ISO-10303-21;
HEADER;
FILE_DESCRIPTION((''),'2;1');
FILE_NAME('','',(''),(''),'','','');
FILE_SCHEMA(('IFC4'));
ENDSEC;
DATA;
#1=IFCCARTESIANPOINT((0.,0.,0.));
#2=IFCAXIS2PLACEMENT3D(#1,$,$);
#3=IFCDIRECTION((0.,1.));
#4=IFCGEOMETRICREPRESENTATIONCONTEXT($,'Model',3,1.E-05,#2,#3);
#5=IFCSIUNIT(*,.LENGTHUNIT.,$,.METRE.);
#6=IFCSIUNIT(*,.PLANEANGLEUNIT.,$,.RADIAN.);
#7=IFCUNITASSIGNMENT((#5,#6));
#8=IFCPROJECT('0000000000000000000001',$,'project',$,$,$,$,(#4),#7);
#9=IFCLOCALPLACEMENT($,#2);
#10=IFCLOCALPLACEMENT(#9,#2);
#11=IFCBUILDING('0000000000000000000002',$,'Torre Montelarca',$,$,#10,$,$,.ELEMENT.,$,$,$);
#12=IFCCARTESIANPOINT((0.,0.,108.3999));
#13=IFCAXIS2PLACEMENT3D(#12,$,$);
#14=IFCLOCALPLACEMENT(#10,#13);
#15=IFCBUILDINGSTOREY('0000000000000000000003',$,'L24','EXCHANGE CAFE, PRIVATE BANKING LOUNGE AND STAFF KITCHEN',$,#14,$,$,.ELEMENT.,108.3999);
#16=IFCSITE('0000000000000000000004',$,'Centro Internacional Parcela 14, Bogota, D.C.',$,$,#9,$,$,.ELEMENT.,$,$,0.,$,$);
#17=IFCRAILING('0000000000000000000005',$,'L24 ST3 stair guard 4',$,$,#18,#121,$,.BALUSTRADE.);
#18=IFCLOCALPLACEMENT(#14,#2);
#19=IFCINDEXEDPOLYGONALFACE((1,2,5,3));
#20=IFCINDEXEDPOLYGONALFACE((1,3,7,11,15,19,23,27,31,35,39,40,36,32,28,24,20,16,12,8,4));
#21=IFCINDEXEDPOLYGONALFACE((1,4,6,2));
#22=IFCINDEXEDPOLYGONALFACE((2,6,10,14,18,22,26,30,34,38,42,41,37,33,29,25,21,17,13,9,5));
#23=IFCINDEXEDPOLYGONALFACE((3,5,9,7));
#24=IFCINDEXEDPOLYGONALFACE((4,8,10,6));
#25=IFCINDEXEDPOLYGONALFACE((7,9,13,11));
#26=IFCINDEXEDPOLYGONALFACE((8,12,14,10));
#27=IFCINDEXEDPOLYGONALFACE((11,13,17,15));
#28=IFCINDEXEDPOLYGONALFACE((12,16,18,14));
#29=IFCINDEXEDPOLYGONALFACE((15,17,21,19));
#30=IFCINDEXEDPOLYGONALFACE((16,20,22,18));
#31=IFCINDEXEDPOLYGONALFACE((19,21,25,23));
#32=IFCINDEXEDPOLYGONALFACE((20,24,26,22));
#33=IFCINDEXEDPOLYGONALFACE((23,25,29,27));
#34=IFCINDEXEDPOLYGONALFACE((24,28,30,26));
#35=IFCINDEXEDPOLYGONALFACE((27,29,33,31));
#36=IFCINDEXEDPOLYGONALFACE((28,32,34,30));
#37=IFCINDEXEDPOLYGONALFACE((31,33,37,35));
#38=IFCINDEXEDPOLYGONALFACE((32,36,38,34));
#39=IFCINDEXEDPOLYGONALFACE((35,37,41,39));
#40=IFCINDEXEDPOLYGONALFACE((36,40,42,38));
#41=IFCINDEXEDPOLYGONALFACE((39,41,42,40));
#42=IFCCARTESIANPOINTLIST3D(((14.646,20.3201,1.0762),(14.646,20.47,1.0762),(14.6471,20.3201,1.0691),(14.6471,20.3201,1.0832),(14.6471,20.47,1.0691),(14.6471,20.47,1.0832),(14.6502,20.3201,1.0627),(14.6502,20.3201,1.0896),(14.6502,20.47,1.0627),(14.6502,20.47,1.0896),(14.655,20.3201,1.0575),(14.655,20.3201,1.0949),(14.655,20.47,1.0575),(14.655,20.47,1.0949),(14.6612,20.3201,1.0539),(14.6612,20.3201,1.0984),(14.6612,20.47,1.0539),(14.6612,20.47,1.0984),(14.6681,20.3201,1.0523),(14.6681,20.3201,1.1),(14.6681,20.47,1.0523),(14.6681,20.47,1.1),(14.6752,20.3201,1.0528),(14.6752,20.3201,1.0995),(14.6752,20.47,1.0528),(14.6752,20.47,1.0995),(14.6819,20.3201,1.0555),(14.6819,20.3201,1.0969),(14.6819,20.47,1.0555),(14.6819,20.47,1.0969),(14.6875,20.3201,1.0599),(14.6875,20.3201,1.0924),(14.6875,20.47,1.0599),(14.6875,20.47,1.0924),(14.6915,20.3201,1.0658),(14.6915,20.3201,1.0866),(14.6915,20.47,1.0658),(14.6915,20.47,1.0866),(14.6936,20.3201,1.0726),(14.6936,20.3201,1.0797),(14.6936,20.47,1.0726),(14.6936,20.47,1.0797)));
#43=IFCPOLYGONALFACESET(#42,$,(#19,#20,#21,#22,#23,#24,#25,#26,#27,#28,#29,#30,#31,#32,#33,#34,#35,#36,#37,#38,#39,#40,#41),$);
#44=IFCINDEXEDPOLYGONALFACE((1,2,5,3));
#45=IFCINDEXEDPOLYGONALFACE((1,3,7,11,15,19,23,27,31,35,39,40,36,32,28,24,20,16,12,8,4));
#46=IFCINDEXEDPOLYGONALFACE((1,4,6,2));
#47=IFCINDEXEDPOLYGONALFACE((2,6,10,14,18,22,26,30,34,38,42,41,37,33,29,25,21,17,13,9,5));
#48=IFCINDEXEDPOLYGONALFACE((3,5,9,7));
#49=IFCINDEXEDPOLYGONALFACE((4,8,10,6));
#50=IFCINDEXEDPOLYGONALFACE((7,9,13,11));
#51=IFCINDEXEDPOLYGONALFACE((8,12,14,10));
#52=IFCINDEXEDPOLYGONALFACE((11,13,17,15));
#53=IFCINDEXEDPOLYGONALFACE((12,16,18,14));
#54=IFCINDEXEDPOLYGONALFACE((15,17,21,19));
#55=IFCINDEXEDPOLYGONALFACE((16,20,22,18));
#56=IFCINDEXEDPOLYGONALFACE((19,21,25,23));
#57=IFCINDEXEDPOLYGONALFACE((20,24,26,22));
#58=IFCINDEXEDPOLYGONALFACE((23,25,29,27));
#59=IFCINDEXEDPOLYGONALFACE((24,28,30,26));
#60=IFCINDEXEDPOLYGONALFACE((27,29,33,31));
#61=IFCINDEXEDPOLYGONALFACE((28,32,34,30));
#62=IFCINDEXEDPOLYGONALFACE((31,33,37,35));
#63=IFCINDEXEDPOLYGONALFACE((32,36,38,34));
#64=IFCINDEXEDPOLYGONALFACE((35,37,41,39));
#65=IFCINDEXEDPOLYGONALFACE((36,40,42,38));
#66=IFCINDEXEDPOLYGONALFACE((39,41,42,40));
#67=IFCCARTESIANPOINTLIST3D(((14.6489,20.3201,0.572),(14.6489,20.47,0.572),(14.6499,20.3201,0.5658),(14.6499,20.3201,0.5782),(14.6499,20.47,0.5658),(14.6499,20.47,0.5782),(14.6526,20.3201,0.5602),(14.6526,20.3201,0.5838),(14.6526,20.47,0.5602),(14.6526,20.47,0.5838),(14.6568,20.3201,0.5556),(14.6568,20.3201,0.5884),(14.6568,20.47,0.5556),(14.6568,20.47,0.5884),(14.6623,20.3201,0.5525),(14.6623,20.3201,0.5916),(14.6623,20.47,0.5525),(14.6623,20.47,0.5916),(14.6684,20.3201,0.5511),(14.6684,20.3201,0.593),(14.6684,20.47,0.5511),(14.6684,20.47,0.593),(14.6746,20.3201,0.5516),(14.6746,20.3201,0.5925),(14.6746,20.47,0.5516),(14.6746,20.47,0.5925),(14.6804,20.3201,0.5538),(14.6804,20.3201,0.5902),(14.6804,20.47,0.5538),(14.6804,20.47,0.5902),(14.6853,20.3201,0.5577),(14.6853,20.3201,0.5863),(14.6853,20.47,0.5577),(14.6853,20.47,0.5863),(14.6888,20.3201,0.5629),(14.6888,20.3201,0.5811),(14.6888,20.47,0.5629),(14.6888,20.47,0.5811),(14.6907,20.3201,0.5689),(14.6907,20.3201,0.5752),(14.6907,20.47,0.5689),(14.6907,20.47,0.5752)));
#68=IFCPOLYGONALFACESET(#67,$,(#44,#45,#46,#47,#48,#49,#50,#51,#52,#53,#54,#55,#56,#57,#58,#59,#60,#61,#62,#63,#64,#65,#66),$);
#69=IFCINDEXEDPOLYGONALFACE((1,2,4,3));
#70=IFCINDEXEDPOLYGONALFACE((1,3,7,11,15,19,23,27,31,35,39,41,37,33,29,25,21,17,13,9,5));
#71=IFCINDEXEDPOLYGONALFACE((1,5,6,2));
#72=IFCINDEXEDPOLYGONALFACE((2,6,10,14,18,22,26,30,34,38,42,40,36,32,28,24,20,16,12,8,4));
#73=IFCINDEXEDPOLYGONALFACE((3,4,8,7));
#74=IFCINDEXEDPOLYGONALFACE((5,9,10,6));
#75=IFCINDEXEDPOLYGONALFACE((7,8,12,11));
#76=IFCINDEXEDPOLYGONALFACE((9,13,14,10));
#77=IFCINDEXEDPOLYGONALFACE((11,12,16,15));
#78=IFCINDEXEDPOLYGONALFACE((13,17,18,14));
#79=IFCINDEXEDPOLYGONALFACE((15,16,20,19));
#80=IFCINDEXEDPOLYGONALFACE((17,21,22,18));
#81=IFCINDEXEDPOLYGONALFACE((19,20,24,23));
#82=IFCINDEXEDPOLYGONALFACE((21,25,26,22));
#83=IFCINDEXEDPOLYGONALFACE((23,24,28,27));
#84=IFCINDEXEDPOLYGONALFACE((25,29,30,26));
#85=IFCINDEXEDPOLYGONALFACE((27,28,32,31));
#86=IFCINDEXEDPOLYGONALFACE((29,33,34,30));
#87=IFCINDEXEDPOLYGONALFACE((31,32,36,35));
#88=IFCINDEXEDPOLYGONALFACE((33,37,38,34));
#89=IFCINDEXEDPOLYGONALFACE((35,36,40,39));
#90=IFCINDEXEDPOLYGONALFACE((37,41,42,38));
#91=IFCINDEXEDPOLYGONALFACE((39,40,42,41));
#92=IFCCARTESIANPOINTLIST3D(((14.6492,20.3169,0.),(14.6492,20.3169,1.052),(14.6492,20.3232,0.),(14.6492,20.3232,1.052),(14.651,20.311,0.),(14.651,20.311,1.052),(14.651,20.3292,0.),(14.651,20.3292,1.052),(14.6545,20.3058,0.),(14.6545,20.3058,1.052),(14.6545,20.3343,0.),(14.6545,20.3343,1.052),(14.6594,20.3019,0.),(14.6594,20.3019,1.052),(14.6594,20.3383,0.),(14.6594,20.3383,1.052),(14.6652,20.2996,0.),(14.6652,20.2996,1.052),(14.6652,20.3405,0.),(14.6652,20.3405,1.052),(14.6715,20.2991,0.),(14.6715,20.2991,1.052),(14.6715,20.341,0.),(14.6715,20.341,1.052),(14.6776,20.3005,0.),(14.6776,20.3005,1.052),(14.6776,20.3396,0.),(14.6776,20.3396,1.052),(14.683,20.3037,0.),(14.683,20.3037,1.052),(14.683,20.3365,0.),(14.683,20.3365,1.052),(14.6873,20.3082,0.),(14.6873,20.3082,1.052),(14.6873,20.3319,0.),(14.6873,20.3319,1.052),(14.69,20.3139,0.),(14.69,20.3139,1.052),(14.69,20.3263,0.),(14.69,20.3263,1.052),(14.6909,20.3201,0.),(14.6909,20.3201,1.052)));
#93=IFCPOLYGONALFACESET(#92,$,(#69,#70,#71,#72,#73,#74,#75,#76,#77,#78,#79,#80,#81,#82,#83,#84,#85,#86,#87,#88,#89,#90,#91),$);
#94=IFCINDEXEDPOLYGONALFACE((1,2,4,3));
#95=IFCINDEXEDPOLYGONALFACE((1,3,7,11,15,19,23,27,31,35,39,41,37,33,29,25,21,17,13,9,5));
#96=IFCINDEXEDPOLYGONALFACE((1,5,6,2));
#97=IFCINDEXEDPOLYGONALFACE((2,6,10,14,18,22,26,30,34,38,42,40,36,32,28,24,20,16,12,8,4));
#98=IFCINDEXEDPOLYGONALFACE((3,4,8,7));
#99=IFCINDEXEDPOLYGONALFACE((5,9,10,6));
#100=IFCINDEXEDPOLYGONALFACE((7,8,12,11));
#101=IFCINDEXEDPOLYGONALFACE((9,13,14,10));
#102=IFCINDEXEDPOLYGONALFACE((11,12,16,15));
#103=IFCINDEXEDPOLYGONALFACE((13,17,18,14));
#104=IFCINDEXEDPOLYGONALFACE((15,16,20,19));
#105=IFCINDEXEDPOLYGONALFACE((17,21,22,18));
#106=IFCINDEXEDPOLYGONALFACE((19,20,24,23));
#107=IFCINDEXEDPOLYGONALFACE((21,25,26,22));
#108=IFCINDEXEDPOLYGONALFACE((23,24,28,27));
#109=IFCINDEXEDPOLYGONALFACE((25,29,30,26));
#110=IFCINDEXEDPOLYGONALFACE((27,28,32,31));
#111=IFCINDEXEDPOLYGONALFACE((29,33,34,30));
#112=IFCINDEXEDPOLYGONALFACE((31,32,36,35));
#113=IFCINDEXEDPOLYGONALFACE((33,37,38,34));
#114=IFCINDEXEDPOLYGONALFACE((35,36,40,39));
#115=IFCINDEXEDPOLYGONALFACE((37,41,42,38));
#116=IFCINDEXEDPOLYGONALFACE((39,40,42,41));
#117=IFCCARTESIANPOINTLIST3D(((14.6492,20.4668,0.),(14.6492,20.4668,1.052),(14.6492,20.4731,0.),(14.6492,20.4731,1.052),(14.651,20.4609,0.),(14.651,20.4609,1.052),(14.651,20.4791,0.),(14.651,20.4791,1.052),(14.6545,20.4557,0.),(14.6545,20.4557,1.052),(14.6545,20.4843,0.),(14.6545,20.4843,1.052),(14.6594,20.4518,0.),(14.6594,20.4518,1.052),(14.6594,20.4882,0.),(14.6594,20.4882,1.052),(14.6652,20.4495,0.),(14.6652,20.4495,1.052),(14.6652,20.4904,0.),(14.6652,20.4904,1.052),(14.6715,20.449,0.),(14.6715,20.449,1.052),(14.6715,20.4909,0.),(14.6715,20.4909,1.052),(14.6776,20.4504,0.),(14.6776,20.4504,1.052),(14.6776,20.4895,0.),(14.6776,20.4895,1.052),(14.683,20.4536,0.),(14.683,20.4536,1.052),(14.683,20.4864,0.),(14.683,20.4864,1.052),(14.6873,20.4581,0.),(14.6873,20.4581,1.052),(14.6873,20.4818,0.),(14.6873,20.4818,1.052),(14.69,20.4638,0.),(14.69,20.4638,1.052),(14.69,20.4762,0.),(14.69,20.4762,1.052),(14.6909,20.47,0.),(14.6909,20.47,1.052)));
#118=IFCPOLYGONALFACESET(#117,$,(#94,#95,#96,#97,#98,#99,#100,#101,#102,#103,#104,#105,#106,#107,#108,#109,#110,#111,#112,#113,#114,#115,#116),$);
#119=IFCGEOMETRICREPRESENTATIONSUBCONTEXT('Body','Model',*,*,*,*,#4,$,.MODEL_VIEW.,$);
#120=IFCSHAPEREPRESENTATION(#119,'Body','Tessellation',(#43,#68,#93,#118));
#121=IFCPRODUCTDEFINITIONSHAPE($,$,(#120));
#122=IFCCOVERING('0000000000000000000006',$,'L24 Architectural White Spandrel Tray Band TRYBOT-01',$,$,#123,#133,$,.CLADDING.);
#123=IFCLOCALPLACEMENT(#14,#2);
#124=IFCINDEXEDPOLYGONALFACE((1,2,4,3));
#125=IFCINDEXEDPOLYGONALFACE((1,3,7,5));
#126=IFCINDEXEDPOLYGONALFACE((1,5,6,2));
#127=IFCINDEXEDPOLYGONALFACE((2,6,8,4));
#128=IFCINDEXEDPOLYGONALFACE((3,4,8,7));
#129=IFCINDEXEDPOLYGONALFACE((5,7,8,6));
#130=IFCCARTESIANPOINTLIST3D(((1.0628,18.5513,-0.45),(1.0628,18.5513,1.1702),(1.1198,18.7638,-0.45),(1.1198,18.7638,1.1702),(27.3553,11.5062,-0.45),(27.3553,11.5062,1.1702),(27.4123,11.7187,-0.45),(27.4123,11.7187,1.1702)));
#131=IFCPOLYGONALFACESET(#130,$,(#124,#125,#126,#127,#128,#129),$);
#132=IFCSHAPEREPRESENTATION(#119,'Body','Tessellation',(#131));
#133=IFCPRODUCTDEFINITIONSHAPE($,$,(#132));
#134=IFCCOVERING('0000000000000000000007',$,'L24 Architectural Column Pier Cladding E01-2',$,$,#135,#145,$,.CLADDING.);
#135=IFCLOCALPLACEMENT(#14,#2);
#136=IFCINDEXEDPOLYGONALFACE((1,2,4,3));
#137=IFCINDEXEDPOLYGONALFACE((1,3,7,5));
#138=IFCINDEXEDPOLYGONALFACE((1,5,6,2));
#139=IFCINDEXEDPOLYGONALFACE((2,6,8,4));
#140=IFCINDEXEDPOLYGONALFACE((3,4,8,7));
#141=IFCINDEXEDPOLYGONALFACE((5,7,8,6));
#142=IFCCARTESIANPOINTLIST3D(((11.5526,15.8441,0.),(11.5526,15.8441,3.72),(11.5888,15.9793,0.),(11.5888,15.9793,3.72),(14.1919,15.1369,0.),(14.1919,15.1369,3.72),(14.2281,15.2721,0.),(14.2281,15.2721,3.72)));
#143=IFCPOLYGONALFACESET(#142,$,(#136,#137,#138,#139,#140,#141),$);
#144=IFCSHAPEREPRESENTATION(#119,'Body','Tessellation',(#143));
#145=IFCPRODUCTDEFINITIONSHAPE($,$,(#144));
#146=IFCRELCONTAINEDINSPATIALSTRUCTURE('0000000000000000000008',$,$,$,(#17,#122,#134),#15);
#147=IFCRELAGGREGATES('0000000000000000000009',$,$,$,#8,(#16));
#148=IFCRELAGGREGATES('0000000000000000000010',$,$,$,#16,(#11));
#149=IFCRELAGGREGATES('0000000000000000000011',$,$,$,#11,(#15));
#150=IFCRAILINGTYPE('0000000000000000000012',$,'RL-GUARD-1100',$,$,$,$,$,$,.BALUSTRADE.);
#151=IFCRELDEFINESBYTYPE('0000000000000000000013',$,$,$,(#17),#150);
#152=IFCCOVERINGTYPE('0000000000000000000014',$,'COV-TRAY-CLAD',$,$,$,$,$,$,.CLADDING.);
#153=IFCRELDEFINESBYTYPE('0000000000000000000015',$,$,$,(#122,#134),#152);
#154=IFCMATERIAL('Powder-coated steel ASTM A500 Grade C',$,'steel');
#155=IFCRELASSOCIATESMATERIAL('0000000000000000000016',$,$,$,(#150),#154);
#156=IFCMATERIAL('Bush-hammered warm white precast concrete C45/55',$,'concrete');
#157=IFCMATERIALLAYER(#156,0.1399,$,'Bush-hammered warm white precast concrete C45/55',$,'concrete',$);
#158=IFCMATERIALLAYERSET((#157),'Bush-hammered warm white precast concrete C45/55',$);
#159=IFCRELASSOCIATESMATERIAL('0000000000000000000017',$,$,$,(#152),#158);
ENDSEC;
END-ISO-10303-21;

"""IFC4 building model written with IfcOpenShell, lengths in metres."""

from ifc_helpers import new_model, si_unit, direction, frame, origin, origin_2d, place, context, subcontext, project, spatial, rectangle, circle, extrude, source, transform, mapped, material, layer, layer_set, type_object, element, save


model = new_model("IFC4")

# Units and contexts
model_context = context("Model", 3, precision=1e-05, world=origin(), true_north=direction((0.0, 1.0)))
body_context = subcontext(model_context, "Body", "Model", "MODEL_VIEW")
ifc_project = project(units=[si_unit("LENGTHUNIT", "METRE"), si_unit("PLANEANGLEUNIT", "RADIAN")], contexts=[model_context])

# Site, building, storey
site_placement = place(None, origin())
site = spatial("IfcSite", under=ifc_project, at=site_placement, Name="Centro Internacional Parcela 14, Bogota, D.C.", CompositionType="ELEMENT", RefElevation=0.0)
building_placement = place(site_placement, origin())
building = spatial("IfcBuilding", under=site, at=building_placement, Name="Torre Montelarca", CompositionType="ELEMENT")
storey_placement = place(building_placement, frame((0.0, 0.0, 108.3999)))
storey = spatial("IfcBuildingStorey", under=building, at=storey_placement, Name="L24", Description="EXCHANGE CAFE, PRIVATE BANKING LOUNGE AND STAFF KITCHEN", CompositionType="ELEMENT", Elevation=108.3999)

# Railing
ifc_material_1 = material(Name="Powder-coated steel ASTM A500 Grade C", Category="steel")
railing_type = type_object("IfcRailingType", Name="RL-GUARD-1100", PredefinedType="BALUSTRADE", material=ifc_material_1)
railing_placement = place(storey_placement, frame((14.6699, 20.3201, 0.0)))
element("IfcRailing", 1, at=railing_placement, inside=storey, type_object=railing_type, Name="L24 ST3 stair guard 4", PredefinedType="BALUSTRADE", context=body_context, shape_type="SweptSolid", body=[
    extrude(circle(Radius=0.0239, at=origin_2d()), frame((0.0, 0.0, 1.0762), z_axis=(0.0, 1.0, 0.0), x_axis=(-1.0, 0.0, 0.0)), (0.0, 0.0, 1.0), 0.1499),
    extrude(circle(Radius=0.021, at=origin_2d()), frame((0.0, 0.0, 0.572), z_axis=(0.0, 1.0, 0.0), x_axis=(-1.0, 0.0, 0.0)), (0.0, 0.0, 1.0), 0.1499),
    extrude(circle(Radius=0.021, at=origin_2d()), origin(), (0.0, 0.0, 1.0), 1.052),
    extrude(circle(Radius=0.021, at=origin_2d()), frame((0.0, 0.1499, 0.0)), (0.0, 0.0, 1.0), 1.052),
])

# Coverings
ifc_material_2 = material(Name="Bush-hammered warm white precast concrete C45/55", Category="concrete")
ifc_layer_1 = layer(ifc_material_2, 0.1399, Name="Bush-hammered warm white precast concrete C45/55", Category="concrete")
ifc_layer_set_1 = layer_set([ifc_layer_1], Name="Bush-hammered warm white precast concrete C45/55")
covering_type = type_object("IfcCoveringType", Name="COV-TRAY-CLAD", PredefinedType="CLADDING", material=ifc_layer_set_1)
shared_shape_1 = source(origin(), body_context, "Body", "SweptSolid", [
    extrude(rectangle(XDim=27.22, YDim=0.22, at=origin_2d()), origin(), (0.0, 0.0, 1.0), 1.6201),
])
covering_1_placement = place(storey_placement, frame((14.2375, 15.135, -0.45), z_axis=(0.0, 0.0, 1.0), x_axis=(0.965926, -0.258819, 0.0)))
element("IfcCovering", 2, at=covering_1_placement, inside=storey, type_object=covering_type, Name="L24 Architectural White Spandrel Tray Band TRYBOT-01", PredefinedType="CLADDING", context=body_context, shape_type="MappedRepresentation", body=[
    mapped(shared_shape_1, transform((0.0, 0.0, 0.0), scale=1.0)),
])
shared_shape_2 = source(origin(), body_context, "Body", "SweptSolid", [
    extrude(rectangle(XDim=2.7324, YDim=0.1399, at=origin_2d()), origin(), (0.0, 0.0, 1.0), 3.72),
])
covering_2_placement = place(storey_placement, frame((12.8904, 15.5581, 0.0), z_axis=(0.0, 0.0, 1.0), x_axis=(0.965926, -0.258819, 0.0)))
element("IfcCovering", 3, at=covering_2_placement, inside=storey, type_object=covering_type, Name="L24 Architectural Column Pier Cladding E01-2", PredefinedType="CLADDING", context=body_context, shape_type="MappedRepresentation", body=[
    mapped(shared_shape_2, transform((0.0, 0.0, 0.0), scale=1.0)),
])

save(model, "model.ifc")
